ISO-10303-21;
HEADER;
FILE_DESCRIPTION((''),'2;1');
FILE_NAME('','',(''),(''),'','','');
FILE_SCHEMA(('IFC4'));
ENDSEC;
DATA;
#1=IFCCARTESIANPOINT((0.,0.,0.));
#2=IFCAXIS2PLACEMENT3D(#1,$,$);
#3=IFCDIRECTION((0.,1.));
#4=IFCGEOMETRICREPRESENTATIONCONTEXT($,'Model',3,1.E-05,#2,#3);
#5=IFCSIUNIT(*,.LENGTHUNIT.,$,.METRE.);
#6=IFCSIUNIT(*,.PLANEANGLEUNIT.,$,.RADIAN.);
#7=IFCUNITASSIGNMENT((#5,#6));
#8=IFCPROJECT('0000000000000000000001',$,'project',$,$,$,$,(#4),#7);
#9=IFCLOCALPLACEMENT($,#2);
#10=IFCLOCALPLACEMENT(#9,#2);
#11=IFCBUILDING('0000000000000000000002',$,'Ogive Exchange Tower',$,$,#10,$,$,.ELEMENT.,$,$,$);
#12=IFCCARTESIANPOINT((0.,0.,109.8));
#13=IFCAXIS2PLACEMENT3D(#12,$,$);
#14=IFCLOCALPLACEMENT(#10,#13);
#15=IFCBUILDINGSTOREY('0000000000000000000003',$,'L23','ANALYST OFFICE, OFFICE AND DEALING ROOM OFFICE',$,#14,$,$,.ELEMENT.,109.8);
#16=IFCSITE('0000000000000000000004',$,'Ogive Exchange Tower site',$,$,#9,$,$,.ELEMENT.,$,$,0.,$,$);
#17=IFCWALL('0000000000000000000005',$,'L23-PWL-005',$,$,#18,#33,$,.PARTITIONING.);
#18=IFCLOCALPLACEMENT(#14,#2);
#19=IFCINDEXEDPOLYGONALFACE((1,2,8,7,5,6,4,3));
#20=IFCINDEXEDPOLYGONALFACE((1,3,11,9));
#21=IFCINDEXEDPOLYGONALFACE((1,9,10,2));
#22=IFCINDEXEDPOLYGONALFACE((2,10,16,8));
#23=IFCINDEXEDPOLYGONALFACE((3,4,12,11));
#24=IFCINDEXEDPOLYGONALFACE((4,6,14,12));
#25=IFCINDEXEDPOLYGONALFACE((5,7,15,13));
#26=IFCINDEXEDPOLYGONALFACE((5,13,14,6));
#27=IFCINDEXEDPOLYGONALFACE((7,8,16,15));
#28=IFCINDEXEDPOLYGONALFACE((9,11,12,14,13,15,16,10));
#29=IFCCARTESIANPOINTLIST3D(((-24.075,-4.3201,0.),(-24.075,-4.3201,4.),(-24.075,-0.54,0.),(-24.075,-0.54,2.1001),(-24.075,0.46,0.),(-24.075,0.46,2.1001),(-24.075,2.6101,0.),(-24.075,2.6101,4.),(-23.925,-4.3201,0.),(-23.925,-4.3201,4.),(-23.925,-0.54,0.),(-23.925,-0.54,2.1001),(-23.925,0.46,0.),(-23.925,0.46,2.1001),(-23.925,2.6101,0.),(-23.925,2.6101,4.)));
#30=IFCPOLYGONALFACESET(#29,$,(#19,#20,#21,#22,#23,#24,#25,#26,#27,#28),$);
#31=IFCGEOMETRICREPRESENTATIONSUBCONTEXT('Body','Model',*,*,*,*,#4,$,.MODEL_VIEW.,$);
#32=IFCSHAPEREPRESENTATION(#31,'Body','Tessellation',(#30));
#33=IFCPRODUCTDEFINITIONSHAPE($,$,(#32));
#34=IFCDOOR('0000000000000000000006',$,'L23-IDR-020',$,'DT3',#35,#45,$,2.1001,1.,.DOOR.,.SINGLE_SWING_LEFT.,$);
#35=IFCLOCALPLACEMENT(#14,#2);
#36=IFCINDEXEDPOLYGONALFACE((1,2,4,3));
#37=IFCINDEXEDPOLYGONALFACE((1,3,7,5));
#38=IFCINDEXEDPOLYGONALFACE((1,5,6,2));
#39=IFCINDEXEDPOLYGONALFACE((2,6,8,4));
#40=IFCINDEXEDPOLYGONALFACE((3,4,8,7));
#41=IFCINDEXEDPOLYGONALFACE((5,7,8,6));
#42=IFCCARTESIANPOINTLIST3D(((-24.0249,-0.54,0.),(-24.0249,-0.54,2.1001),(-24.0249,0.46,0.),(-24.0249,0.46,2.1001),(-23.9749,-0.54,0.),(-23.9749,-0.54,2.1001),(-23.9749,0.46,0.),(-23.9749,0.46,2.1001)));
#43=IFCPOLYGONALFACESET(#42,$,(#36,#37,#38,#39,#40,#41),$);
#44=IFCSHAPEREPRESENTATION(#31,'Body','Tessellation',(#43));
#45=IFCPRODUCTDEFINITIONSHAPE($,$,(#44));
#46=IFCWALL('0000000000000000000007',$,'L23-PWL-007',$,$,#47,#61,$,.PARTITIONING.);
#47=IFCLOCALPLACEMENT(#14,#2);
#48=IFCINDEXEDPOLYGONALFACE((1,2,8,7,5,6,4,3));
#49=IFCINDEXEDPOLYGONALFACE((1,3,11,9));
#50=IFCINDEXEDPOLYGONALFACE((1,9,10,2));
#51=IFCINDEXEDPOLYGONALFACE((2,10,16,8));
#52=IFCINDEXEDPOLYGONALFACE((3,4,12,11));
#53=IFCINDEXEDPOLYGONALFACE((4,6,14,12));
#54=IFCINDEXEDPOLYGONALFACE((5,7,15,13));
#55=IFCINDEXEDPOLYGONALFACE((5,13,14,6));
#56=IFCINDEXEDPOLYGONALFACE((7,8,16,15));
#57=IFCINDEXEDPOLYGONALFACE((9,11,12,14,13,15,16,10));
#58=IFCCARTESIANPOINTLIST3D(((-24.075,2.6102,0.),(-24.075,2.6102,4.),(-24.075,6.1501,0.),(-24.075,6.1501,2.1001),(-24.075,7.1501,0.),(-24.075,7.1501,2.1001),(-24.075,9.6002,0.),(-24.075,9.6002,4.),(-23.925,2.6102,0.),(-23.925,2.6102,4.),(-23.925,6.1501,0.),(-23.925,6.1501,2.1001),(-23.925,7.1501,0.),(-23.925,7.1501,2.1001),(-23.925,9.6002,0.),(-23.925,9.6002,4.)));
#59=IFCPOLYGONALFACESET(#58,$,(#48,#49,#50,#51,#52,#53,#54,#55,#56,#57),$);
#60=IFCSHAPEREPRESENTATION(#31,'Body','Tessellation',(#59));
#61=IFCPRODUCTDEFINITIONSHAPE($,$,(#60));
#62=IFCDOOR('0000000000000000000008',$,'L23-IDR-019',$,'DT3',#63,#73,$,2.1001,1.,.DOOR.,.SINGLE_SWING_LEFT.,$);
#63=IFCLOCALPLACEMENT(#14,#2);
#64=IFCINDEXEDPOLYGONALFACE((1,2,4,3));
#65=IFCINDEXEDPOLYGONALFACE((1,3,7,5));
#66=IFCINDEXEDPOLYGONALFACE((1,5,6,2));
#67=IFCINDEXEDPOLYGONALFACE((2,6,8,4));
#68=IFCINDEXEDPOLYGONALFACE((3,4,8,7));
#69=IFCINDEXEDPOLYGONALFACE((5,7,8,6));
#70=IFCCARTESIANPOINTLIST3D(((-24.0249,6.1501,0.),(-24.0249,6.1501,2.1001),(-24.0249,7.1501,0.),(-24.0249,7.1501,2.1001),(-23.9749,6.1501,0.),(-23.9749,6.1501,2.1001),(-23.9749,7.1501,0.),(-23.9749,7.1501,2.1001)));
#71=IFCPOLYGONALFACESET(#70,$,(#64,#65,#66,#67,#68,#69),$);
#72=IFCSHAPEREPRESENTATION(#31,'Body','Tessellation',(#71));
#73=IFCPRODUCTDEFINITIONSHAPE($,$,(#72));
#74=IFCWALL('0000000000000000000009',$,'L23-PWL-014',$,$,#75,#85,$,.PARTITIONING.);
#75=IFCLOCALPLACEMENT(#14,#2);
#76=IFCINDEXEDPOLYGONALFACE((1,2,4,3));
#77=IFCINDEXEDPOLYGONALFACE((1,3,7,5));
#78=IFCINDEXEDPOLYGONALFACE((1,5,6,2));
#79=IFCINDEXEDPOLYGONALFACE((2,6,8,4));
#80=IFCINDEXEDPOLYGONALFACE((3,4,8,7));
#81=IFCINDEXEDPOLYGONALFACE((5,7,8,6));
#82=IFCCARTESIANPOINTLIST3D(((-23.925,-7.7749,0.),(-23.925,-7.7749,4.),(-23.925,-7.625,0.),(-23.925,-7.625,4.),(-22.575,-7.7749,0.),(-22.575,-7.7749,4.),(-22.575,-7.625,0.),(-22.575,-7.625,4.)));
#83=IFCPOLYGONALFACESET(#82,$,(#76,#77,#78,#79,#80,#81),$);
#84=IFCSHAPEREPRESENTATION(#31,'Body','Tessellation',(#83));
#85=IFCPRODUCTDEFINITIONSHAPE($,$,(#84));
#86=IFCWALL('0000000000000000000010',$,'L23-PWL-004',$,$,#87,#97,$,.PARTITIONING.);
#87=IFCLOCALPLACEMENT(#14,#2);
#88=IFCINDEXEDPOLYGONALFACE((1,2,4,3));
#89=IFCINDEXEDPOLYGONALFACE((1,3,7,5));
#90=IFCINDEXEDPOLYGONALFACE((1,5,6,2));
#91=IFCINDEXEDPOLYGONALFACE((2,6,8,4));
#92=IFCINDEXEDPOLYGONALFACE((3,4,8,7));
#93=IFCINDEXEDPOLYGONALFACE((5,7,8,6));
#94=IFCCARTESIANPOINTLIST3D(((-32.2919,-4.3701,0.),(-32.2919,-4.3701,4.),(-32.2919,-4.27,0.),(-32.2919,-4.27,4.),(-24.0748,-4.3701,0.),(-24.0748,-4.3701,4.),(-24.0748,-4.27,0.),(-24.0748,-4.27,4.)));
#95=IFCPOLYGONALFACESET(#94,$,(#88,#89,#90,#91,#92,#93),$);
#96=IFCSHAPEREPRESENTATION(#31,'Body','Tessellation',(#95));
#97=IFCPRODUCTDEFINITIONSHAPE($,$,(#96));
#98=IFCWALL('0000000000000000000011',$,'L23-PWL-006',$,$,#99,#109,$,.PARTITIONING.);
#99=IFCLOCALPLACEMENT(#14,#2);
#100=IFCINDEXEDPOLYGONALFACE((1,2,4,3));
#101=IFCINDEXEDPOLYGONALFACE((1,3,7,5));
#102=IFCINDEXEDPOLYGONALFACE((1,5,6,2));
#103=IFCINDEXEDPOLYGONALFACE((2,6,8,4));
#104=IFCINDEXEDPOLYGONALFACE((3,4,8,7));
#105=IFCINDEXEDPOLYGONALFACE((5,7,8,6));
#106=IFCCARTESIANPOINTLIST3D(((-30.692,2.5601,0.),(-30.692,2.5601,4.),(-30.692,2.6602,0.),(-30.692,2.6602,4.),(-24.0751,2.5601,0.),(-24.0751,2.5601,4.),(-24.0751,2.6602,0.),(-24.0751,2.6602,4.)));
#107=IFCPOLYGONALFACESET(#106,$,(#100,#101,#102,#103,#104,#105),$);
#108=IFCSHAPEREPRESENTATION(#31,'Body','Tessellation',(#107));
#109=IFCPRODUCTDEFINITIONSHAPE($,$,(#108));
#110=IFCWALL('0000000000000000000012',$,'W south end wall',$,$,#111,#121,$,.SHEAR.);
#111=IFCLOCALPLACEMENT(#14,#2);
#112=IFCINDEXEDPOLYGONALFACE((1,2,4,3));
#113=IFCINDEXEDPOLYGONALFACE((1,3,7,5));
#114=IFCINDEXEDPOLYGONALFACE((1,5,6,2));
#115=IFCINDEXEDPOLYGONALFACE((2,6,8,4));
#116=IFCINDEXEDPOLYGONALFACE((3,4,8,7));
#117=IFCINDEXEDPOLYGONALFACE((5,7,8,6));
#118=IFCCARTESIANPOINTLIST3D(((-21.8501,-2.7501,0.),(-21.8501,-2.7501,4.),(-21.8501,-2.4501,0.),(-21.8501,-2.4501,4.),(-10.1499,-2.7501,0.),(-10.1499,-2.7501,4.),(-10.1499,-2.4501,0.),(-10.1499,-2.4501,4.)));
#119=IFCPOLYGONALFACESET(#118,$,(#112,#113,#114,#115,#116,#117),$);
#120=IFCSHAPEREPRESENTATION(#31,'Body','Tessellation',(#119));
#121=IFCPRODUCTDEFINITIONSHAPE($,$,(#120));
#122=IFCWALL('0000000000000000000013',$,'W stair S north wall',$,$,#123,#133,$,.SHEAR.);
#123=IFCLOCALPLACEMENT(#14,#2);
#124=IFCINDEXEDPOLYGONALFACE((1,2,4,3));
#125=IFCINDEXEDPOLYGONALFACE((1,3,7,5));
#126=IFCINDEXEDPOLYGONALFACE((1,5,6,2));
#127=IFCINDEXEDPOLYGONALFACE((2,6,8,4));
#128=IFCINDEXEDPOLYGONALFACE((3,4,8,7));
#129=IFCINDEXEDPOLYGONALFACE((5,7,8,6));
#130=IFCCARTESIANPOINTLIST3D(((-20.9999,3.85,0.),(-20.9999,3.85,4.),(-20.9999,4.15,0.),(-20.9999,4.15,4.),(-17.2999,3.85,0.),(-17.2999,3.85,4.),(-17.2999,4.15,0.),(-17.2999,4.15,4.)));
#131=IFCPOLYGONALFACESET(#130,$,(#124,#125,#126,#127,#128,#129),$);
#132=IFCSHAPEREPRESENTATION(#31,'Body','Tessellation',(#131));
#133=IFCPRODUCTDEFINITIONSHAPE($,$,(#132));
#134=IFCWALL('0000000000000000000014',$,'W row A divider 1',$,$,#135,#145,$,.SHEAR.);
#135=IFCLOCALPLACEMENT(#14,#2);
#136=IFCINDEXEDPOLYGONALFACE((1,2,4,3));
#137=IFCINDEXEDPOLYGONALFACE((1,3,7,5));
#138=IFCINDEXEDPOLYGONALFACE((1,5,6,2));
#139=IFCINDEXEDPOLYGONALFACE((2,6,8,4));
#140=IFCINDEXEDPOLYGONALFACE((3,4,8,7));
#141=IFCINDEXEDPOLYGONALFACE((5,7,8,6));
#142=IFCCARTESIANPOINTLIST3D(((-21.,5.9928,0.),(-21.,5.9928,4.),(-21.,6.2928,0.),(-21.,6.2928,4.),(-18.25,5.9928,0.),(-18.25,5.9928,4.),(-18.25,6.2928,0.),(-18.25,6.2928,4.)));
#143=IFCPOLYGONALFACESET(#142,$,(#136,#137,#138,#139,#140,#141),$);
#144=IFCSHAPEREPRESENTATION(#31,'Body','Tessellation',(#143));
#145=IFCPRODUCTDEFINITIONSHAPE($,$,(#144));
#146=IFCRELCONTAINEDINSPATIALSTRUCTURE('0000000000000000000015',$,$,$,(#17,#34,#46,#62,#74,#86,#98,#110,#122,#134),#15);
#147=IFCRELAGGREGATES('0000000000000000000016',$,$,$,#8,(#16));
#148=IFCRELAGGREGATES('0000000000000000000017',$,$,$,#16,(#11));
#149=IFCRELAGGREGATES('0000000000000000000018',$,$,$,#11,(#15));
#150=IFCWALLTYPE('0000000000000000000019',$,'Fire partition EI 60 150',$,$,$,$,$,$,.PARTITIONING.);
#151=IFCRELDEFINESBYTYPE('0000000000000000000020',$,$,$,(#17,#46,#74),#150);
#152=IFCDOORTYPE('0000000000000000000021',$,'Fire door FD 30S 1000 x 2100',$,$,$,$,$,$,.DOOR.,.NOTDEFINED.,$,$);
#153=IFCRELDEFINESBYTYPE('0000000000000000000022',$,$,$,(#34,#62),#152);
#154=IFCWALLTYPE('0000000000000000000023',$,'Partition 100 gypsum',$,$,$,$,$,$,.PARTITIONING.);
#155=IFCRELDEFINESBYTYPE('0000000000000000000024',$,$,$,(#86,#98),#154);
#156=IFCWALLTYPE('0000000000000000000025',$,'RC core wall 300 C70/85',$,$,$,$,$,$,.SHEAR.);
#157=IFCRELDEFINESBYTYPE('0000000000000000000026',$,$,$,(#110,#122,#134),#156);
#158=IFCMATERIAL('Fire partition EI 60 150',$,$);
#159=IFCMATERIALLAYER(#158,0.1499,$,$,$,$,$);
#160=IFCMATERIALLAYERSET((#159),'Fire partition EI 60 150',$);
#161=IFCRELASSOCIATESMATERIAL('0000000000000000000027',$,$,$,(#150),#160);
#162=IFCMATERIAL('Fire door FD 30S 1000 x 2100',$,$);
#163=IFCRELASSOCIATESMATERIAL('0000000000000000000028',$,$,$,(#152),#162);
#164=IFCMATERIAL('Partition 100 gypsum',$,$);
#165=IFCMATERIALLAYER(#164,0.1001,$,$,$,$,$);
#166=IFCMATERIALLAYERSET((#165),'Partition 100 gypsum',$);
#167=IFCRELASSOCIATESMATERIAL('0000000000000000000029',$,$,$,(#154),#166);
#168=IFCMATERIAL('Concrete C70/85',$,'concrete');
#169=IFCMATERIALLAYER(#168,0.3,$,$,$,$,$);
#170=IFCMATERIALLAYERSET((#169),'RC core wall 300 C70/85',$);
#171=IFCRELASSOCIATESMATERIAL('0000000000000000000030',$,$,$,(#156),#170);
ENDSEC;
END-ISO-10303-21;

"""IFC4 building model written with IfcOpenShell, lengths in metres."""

from ifc_helpers import new_model, si_unit, direction, frame, frame_2d, origin, place, context, subcontext, project, spatial, rectangle, extrude, material, layer, layer_set, type_object, element, fill, save


model = new_model("IFC4")

# Units and contexts
model_context = context("Model", 3, precision=1e-05, world=origin(), true_north=direction((0.0, 1.0)))
body_context = subcontext(model_context, "Body", "Model", "MODEL_VIEW")
ifc_project = project(units=[si_unit("LENGTHUNIT", "METRE"), si_unit("PLANEANGLEUNIT", "RADIAN")], contexts=[model_context])

# Site, building, storey
site_placement = place(None, origin())
site = spatial("IfcSite", under=ifc_project, at=site_placement, Name="Ogive Exchange Tower site", CompositionType="ELEMENT", RefElevation=0.0)
building_placement = place(site_placement, origin())
building = spatial("IfcBuilding", under=site, at=building_placement, Name="Ogive Exchange Tower", CompositionType="ELEMENT")
storey_placement = place(building_placement, frame((0.0, 0.0, 109.8)))
storey = spatial("IfcBuildingStorey", under=building, at=storey_placement, Name="L23", Description="ANALYST OFFICE, OFFICE AND DEALING ROOM OFFICE", CompositionType="ELEMENT", Elevation=109.8)

# Walls, openings, doors
ifc_material_1 = material(Name="Fire partition EI 60 150")
ifc_layer_1 = layer(ifc_material_1, 0.1499)
ifc_layer_set_1 = layer_set([ifc_layer_1], Name="Fire partition EI 60 150")
wall_type_1 = type_object("IfcWallType", Name="Fire partition EI 60 150", PredefinedType="PARTITIONING", material=ifc_layer_set_1)
ifc_material_2 = material(Name="Fire door FD 30S 1000 x 2100")
door_type_1 = type_object("IfcDoorType", Name="Fire door FD 30S 1000 x 2100", OperationType="NOTDEFINED", PredefinedType="DOOR", material=ifc_material_2)
wall_1_placement = place(storey_placement, frame((-24.0, -4.3201, 0.0), z_axis=(0.0, 0.0, 1.0), x_axis=(0.0, 1.0, 0.0)))
wall_1 = element("IfcWall", 1, at=wall_1_placement, inside=storey, type_object=wall_type_1, Name="L23-PWL-005", PredefinedType="PARTITIONING", context=body_context, shape_type="SweptSolid", body=[
    extrude(rectangle(XDim=6.9302, YDim=0.1499, at=frame_2d((3.4651, 0.0))), origin(), (0.0, 0.0, 1.0), 4.0),
])
opening_1_placement = place(wall_1_placement, frame((3.78, 0.0, 0.0)))
opening_1 = element("IfcOpeningElement", 2, at=opening_1_placement, cuts=wall_1, PredefinedType="OPENING", context=body_context, shape_type="SweptSolid", body=[
    extrude(rectangle(XDim=1.0, YDim=2.1001, at=frame_2d((0.5, 1.05))), frame((0.0, 0.085, 0.0), z_axis=(0.0, -1.0, 0.0), x_axis=(1.0, 0.0, 0.0)), (0.0, 0.0, 1.0), 0.1699),
])
door_1_placement = place(opening_1_placement, origin())
door_1 = element("IfcDoor", 3, at=door_1_placement, inside=storey, type_object=door_type_1, Name="L23-IDR-020", ObjectType="DT3", OperationType="SINGLE_SWING_LEFT", OverallHeight=2.1001, OverallWidth=1.0, PredefinedType="DOOR", context=body_context, shape_type="SweptSolid", body=[
    extrude(rectangle(XDim=1.0, YDim=2.1001, at=frame_2d((0.5, 1.05))), frame((0.0, 0.0249, 0.0), z_axis=(0.0, -1.0, 0.0), x_axis=(1.0, 0.0, 0.0)), (0.0, 0.0, 1.0), 0.05),
])
fill(opening_1, door_1)
wall_2_placement = place(storey_placement, frame((-24.0, 2.6101, 0.0), z_axis=(0.0, 0.0, 1.0), x_axis=(0.0, 1.0, 0.0)))
wall_2 = element("IfcWall", 4, at=wall_2_placement, inside=storey, type_object=wall_type_1, Name="L23-PWL-007", PredefinedType="PARTITIONING", context=body_context, shape_type="SweptSolid", body=[
    extrude(rectangle(XDim=6.99, YDim=0.1499, at=frame_2d((3.4951, 0.0))), origin(), (0.0, 0.0, 1.0), 4.0),
])
opening_2_placement = place(wall_2_placement, frame((3.54, 0.0, 0.0)))
opening_2 = element("IfcOpeningElement", 5, at=opening_2_placement, cuts=wall_2, PredefinedType="OPENING", context=body_context, shape_type="SweptSolid", body=[
    extrude(rectangle(XDim=1.0, YDim=2.1001, at=frame_2d((0.5, 1.05))), frame((0.0, 0.085, 0.0), z_axis=(0.0, -1.0, 0.0), x_axis=(1.0, 0.0, 0.0)), (0.0, 0.0, 1.0), 0.1699),
])
door_2_placement = place(opening_2_placement, origin())
door_2 = element("IfcDoor", 6, at=door_2_placement, inside=storey, type_object=door_type_1, Name="L23-IDR-019", ObjectType="DT3", OperationType="SINGLE_SWING_LEFT", OverallHeight=2.1001, OverallWidth=1.0, PredefinedType="DOOR", context=body_context, shape_type="SweptSolid", body=[
    extrude(rectangle(XDim=1.0, YDim=2.1001, at=frame_2d((0.5, 1.05))), frame((0.0, 0.0249, 0.0), z_axis=(0.0, -1.0, 0.0), x_axis=(1.0, 0.0, 0.0)), (0.0, 0.0, 1.0), 0.05),
])
fill(opening_2, door_2)

# Walls
wall_3_placement = place(storey_placement, frame((-22.575, -7.7, 0.0), z_axis=(0.0, 0.0, 1.0), x_axis=(-1.0, 0.0, 0.0)))
element("IfcWall", 7, at=wall_3_placement, inside=storey, type_object=wall_type_1, Name="L23-PWL-014", PredefinedType="PARTITIONING", context=body_context, shape_type="SweptSolid", body=[
    extrude(rectangle(XDim=1.3501, YDim=0.1499, at=frame_2d((0.675, 0.0))), origin(), (0.0, 0.0, 1.0), 4.0),
])
ifc_material_3 = material(Name="Partition 100 gypsum")
ifc_layer_2 = layer(ifc_material_3, 0.1001)
ifc_layer_set_2 = layer_set([ifc_layer_2], Name="Partition 100 gypsum")
wall_type_2 = type_object("IfcWallType", Name="Partition 100 gypsum", PredefinedType="PARTITIONING", material=ifc_layer_set_2)
wall_4_placement = place(storey_placement, frame((-24.075, -4.3201, 0.0), z_axis=(0.0, 0.0, 1.0), x_axis=(-1.0, 0.0, 0.0)))
element("IfcWall", 8, at=wall_4_placement, inside=storey, type_object=wall_type_2, Name="L23-PWL-004", PredefinedType="PARTITIONING", context=body_context, shape_type="SweptSolid", body=[
    extrude(rectangle(XDim=8.217, YDim=0.1001, at=frame_2d((4.1084, 0.0))), origin(), (0.0, 0.0, 1.0), 4.0),
])
wall_5_placement = place(storey_placement, frame((-24.075, 2.6101, 0.0), z_axis=(0.0, 0.0, 1.0), x_axis=(-1.0, 0.0, 0.0)))
element("IfcWall", 9, at=wall_5_placement, inside=storey, type_object=wall_type_2, Name="L23-PWL-006", PredefinedType="PARTITIONING", context=body_context, shape_type="SweptSolid", body=[
    extrude(rectangle(XDim=6.6169, YDim=0.1001, at=frame_2d((3.3086, 0.0))), origin(), (0.0, 0.0, 1.0), 4.0),
])
ifc_material_4 = material(Name="Concrete C70/85", Category="concrete")
ifc_layer_3 = layer(ifc_material_4, 0.3)
ifc_layer_set_3 = layer_set([ifc_layer_3], Name="RC core wall 300 C70/85")
wall_type_3 = type_object("IfcWallType", Name="RC core wall 300 C70/85", PredefinedType="SHEAR", material=ifc_layer_set_3)
wall_6_placement = place(storey_placement, frame((-21.8501, -2.6001, 0.0), z_axis=(0.0, 0.0, 1.0), x_axis=(1.0, 0.0, 0.0)))
element("IfcWall", 10, at=wall_6_placement, inside=storey, type_object=wall_type_3, Name="W south end wall", PredefinedType="SHEAR", context=body_context, shape_type="SweptSolid", body=[
    extrude(rectangle(XDim=11.7002, YDim=0.3, at=frame_2d((5.8501, 0.0))), origin(), (0.0, 0.0, 1.0), 4.0),
])
wall_7_placement = place(storey_placement, frame((-21.0, 4.0, 0.0), z_axis=(0.0, 0.0, 1.0), x_axis=(1.0, 0.0, 0.0)))
element("IfcWall", 11, at=wall_7_placement, inside=storey, type_object=wall_type_3, Name="W stair S north wall", PredefinedType="SHEAR", context=body_context, shape_type="SweptSolid", body=[
    extrude(rectangle(XDim=3.7, YDim=0.3, at=frame_2d((1.8501, 0.0))), origin(), (0.0, 0.0, 1.0), 4.0),
])
wall_8_placement = place(storey_placement, frame((-21.0, 6.1428, 0.0), z_axis=(0.0, 0.0, 1.0), x_axis=(1.0, 0.0, 0.0)))
element("IfcWall", 12, at=wall_8_placement, inside=storey, type_object=wall_type_3, Name="W row A divider 1", PredefinedType="SHEAR", context=body_context, shape_type="SweptSolid", body=[
    extrude(rectangle(XDim=2.75, YDim=0.3, at=frame_2d((1.375, 0.0))), origin(), (0.0, 0.0, 1.0), 4.0),
])

save(model, "model.ifc")
